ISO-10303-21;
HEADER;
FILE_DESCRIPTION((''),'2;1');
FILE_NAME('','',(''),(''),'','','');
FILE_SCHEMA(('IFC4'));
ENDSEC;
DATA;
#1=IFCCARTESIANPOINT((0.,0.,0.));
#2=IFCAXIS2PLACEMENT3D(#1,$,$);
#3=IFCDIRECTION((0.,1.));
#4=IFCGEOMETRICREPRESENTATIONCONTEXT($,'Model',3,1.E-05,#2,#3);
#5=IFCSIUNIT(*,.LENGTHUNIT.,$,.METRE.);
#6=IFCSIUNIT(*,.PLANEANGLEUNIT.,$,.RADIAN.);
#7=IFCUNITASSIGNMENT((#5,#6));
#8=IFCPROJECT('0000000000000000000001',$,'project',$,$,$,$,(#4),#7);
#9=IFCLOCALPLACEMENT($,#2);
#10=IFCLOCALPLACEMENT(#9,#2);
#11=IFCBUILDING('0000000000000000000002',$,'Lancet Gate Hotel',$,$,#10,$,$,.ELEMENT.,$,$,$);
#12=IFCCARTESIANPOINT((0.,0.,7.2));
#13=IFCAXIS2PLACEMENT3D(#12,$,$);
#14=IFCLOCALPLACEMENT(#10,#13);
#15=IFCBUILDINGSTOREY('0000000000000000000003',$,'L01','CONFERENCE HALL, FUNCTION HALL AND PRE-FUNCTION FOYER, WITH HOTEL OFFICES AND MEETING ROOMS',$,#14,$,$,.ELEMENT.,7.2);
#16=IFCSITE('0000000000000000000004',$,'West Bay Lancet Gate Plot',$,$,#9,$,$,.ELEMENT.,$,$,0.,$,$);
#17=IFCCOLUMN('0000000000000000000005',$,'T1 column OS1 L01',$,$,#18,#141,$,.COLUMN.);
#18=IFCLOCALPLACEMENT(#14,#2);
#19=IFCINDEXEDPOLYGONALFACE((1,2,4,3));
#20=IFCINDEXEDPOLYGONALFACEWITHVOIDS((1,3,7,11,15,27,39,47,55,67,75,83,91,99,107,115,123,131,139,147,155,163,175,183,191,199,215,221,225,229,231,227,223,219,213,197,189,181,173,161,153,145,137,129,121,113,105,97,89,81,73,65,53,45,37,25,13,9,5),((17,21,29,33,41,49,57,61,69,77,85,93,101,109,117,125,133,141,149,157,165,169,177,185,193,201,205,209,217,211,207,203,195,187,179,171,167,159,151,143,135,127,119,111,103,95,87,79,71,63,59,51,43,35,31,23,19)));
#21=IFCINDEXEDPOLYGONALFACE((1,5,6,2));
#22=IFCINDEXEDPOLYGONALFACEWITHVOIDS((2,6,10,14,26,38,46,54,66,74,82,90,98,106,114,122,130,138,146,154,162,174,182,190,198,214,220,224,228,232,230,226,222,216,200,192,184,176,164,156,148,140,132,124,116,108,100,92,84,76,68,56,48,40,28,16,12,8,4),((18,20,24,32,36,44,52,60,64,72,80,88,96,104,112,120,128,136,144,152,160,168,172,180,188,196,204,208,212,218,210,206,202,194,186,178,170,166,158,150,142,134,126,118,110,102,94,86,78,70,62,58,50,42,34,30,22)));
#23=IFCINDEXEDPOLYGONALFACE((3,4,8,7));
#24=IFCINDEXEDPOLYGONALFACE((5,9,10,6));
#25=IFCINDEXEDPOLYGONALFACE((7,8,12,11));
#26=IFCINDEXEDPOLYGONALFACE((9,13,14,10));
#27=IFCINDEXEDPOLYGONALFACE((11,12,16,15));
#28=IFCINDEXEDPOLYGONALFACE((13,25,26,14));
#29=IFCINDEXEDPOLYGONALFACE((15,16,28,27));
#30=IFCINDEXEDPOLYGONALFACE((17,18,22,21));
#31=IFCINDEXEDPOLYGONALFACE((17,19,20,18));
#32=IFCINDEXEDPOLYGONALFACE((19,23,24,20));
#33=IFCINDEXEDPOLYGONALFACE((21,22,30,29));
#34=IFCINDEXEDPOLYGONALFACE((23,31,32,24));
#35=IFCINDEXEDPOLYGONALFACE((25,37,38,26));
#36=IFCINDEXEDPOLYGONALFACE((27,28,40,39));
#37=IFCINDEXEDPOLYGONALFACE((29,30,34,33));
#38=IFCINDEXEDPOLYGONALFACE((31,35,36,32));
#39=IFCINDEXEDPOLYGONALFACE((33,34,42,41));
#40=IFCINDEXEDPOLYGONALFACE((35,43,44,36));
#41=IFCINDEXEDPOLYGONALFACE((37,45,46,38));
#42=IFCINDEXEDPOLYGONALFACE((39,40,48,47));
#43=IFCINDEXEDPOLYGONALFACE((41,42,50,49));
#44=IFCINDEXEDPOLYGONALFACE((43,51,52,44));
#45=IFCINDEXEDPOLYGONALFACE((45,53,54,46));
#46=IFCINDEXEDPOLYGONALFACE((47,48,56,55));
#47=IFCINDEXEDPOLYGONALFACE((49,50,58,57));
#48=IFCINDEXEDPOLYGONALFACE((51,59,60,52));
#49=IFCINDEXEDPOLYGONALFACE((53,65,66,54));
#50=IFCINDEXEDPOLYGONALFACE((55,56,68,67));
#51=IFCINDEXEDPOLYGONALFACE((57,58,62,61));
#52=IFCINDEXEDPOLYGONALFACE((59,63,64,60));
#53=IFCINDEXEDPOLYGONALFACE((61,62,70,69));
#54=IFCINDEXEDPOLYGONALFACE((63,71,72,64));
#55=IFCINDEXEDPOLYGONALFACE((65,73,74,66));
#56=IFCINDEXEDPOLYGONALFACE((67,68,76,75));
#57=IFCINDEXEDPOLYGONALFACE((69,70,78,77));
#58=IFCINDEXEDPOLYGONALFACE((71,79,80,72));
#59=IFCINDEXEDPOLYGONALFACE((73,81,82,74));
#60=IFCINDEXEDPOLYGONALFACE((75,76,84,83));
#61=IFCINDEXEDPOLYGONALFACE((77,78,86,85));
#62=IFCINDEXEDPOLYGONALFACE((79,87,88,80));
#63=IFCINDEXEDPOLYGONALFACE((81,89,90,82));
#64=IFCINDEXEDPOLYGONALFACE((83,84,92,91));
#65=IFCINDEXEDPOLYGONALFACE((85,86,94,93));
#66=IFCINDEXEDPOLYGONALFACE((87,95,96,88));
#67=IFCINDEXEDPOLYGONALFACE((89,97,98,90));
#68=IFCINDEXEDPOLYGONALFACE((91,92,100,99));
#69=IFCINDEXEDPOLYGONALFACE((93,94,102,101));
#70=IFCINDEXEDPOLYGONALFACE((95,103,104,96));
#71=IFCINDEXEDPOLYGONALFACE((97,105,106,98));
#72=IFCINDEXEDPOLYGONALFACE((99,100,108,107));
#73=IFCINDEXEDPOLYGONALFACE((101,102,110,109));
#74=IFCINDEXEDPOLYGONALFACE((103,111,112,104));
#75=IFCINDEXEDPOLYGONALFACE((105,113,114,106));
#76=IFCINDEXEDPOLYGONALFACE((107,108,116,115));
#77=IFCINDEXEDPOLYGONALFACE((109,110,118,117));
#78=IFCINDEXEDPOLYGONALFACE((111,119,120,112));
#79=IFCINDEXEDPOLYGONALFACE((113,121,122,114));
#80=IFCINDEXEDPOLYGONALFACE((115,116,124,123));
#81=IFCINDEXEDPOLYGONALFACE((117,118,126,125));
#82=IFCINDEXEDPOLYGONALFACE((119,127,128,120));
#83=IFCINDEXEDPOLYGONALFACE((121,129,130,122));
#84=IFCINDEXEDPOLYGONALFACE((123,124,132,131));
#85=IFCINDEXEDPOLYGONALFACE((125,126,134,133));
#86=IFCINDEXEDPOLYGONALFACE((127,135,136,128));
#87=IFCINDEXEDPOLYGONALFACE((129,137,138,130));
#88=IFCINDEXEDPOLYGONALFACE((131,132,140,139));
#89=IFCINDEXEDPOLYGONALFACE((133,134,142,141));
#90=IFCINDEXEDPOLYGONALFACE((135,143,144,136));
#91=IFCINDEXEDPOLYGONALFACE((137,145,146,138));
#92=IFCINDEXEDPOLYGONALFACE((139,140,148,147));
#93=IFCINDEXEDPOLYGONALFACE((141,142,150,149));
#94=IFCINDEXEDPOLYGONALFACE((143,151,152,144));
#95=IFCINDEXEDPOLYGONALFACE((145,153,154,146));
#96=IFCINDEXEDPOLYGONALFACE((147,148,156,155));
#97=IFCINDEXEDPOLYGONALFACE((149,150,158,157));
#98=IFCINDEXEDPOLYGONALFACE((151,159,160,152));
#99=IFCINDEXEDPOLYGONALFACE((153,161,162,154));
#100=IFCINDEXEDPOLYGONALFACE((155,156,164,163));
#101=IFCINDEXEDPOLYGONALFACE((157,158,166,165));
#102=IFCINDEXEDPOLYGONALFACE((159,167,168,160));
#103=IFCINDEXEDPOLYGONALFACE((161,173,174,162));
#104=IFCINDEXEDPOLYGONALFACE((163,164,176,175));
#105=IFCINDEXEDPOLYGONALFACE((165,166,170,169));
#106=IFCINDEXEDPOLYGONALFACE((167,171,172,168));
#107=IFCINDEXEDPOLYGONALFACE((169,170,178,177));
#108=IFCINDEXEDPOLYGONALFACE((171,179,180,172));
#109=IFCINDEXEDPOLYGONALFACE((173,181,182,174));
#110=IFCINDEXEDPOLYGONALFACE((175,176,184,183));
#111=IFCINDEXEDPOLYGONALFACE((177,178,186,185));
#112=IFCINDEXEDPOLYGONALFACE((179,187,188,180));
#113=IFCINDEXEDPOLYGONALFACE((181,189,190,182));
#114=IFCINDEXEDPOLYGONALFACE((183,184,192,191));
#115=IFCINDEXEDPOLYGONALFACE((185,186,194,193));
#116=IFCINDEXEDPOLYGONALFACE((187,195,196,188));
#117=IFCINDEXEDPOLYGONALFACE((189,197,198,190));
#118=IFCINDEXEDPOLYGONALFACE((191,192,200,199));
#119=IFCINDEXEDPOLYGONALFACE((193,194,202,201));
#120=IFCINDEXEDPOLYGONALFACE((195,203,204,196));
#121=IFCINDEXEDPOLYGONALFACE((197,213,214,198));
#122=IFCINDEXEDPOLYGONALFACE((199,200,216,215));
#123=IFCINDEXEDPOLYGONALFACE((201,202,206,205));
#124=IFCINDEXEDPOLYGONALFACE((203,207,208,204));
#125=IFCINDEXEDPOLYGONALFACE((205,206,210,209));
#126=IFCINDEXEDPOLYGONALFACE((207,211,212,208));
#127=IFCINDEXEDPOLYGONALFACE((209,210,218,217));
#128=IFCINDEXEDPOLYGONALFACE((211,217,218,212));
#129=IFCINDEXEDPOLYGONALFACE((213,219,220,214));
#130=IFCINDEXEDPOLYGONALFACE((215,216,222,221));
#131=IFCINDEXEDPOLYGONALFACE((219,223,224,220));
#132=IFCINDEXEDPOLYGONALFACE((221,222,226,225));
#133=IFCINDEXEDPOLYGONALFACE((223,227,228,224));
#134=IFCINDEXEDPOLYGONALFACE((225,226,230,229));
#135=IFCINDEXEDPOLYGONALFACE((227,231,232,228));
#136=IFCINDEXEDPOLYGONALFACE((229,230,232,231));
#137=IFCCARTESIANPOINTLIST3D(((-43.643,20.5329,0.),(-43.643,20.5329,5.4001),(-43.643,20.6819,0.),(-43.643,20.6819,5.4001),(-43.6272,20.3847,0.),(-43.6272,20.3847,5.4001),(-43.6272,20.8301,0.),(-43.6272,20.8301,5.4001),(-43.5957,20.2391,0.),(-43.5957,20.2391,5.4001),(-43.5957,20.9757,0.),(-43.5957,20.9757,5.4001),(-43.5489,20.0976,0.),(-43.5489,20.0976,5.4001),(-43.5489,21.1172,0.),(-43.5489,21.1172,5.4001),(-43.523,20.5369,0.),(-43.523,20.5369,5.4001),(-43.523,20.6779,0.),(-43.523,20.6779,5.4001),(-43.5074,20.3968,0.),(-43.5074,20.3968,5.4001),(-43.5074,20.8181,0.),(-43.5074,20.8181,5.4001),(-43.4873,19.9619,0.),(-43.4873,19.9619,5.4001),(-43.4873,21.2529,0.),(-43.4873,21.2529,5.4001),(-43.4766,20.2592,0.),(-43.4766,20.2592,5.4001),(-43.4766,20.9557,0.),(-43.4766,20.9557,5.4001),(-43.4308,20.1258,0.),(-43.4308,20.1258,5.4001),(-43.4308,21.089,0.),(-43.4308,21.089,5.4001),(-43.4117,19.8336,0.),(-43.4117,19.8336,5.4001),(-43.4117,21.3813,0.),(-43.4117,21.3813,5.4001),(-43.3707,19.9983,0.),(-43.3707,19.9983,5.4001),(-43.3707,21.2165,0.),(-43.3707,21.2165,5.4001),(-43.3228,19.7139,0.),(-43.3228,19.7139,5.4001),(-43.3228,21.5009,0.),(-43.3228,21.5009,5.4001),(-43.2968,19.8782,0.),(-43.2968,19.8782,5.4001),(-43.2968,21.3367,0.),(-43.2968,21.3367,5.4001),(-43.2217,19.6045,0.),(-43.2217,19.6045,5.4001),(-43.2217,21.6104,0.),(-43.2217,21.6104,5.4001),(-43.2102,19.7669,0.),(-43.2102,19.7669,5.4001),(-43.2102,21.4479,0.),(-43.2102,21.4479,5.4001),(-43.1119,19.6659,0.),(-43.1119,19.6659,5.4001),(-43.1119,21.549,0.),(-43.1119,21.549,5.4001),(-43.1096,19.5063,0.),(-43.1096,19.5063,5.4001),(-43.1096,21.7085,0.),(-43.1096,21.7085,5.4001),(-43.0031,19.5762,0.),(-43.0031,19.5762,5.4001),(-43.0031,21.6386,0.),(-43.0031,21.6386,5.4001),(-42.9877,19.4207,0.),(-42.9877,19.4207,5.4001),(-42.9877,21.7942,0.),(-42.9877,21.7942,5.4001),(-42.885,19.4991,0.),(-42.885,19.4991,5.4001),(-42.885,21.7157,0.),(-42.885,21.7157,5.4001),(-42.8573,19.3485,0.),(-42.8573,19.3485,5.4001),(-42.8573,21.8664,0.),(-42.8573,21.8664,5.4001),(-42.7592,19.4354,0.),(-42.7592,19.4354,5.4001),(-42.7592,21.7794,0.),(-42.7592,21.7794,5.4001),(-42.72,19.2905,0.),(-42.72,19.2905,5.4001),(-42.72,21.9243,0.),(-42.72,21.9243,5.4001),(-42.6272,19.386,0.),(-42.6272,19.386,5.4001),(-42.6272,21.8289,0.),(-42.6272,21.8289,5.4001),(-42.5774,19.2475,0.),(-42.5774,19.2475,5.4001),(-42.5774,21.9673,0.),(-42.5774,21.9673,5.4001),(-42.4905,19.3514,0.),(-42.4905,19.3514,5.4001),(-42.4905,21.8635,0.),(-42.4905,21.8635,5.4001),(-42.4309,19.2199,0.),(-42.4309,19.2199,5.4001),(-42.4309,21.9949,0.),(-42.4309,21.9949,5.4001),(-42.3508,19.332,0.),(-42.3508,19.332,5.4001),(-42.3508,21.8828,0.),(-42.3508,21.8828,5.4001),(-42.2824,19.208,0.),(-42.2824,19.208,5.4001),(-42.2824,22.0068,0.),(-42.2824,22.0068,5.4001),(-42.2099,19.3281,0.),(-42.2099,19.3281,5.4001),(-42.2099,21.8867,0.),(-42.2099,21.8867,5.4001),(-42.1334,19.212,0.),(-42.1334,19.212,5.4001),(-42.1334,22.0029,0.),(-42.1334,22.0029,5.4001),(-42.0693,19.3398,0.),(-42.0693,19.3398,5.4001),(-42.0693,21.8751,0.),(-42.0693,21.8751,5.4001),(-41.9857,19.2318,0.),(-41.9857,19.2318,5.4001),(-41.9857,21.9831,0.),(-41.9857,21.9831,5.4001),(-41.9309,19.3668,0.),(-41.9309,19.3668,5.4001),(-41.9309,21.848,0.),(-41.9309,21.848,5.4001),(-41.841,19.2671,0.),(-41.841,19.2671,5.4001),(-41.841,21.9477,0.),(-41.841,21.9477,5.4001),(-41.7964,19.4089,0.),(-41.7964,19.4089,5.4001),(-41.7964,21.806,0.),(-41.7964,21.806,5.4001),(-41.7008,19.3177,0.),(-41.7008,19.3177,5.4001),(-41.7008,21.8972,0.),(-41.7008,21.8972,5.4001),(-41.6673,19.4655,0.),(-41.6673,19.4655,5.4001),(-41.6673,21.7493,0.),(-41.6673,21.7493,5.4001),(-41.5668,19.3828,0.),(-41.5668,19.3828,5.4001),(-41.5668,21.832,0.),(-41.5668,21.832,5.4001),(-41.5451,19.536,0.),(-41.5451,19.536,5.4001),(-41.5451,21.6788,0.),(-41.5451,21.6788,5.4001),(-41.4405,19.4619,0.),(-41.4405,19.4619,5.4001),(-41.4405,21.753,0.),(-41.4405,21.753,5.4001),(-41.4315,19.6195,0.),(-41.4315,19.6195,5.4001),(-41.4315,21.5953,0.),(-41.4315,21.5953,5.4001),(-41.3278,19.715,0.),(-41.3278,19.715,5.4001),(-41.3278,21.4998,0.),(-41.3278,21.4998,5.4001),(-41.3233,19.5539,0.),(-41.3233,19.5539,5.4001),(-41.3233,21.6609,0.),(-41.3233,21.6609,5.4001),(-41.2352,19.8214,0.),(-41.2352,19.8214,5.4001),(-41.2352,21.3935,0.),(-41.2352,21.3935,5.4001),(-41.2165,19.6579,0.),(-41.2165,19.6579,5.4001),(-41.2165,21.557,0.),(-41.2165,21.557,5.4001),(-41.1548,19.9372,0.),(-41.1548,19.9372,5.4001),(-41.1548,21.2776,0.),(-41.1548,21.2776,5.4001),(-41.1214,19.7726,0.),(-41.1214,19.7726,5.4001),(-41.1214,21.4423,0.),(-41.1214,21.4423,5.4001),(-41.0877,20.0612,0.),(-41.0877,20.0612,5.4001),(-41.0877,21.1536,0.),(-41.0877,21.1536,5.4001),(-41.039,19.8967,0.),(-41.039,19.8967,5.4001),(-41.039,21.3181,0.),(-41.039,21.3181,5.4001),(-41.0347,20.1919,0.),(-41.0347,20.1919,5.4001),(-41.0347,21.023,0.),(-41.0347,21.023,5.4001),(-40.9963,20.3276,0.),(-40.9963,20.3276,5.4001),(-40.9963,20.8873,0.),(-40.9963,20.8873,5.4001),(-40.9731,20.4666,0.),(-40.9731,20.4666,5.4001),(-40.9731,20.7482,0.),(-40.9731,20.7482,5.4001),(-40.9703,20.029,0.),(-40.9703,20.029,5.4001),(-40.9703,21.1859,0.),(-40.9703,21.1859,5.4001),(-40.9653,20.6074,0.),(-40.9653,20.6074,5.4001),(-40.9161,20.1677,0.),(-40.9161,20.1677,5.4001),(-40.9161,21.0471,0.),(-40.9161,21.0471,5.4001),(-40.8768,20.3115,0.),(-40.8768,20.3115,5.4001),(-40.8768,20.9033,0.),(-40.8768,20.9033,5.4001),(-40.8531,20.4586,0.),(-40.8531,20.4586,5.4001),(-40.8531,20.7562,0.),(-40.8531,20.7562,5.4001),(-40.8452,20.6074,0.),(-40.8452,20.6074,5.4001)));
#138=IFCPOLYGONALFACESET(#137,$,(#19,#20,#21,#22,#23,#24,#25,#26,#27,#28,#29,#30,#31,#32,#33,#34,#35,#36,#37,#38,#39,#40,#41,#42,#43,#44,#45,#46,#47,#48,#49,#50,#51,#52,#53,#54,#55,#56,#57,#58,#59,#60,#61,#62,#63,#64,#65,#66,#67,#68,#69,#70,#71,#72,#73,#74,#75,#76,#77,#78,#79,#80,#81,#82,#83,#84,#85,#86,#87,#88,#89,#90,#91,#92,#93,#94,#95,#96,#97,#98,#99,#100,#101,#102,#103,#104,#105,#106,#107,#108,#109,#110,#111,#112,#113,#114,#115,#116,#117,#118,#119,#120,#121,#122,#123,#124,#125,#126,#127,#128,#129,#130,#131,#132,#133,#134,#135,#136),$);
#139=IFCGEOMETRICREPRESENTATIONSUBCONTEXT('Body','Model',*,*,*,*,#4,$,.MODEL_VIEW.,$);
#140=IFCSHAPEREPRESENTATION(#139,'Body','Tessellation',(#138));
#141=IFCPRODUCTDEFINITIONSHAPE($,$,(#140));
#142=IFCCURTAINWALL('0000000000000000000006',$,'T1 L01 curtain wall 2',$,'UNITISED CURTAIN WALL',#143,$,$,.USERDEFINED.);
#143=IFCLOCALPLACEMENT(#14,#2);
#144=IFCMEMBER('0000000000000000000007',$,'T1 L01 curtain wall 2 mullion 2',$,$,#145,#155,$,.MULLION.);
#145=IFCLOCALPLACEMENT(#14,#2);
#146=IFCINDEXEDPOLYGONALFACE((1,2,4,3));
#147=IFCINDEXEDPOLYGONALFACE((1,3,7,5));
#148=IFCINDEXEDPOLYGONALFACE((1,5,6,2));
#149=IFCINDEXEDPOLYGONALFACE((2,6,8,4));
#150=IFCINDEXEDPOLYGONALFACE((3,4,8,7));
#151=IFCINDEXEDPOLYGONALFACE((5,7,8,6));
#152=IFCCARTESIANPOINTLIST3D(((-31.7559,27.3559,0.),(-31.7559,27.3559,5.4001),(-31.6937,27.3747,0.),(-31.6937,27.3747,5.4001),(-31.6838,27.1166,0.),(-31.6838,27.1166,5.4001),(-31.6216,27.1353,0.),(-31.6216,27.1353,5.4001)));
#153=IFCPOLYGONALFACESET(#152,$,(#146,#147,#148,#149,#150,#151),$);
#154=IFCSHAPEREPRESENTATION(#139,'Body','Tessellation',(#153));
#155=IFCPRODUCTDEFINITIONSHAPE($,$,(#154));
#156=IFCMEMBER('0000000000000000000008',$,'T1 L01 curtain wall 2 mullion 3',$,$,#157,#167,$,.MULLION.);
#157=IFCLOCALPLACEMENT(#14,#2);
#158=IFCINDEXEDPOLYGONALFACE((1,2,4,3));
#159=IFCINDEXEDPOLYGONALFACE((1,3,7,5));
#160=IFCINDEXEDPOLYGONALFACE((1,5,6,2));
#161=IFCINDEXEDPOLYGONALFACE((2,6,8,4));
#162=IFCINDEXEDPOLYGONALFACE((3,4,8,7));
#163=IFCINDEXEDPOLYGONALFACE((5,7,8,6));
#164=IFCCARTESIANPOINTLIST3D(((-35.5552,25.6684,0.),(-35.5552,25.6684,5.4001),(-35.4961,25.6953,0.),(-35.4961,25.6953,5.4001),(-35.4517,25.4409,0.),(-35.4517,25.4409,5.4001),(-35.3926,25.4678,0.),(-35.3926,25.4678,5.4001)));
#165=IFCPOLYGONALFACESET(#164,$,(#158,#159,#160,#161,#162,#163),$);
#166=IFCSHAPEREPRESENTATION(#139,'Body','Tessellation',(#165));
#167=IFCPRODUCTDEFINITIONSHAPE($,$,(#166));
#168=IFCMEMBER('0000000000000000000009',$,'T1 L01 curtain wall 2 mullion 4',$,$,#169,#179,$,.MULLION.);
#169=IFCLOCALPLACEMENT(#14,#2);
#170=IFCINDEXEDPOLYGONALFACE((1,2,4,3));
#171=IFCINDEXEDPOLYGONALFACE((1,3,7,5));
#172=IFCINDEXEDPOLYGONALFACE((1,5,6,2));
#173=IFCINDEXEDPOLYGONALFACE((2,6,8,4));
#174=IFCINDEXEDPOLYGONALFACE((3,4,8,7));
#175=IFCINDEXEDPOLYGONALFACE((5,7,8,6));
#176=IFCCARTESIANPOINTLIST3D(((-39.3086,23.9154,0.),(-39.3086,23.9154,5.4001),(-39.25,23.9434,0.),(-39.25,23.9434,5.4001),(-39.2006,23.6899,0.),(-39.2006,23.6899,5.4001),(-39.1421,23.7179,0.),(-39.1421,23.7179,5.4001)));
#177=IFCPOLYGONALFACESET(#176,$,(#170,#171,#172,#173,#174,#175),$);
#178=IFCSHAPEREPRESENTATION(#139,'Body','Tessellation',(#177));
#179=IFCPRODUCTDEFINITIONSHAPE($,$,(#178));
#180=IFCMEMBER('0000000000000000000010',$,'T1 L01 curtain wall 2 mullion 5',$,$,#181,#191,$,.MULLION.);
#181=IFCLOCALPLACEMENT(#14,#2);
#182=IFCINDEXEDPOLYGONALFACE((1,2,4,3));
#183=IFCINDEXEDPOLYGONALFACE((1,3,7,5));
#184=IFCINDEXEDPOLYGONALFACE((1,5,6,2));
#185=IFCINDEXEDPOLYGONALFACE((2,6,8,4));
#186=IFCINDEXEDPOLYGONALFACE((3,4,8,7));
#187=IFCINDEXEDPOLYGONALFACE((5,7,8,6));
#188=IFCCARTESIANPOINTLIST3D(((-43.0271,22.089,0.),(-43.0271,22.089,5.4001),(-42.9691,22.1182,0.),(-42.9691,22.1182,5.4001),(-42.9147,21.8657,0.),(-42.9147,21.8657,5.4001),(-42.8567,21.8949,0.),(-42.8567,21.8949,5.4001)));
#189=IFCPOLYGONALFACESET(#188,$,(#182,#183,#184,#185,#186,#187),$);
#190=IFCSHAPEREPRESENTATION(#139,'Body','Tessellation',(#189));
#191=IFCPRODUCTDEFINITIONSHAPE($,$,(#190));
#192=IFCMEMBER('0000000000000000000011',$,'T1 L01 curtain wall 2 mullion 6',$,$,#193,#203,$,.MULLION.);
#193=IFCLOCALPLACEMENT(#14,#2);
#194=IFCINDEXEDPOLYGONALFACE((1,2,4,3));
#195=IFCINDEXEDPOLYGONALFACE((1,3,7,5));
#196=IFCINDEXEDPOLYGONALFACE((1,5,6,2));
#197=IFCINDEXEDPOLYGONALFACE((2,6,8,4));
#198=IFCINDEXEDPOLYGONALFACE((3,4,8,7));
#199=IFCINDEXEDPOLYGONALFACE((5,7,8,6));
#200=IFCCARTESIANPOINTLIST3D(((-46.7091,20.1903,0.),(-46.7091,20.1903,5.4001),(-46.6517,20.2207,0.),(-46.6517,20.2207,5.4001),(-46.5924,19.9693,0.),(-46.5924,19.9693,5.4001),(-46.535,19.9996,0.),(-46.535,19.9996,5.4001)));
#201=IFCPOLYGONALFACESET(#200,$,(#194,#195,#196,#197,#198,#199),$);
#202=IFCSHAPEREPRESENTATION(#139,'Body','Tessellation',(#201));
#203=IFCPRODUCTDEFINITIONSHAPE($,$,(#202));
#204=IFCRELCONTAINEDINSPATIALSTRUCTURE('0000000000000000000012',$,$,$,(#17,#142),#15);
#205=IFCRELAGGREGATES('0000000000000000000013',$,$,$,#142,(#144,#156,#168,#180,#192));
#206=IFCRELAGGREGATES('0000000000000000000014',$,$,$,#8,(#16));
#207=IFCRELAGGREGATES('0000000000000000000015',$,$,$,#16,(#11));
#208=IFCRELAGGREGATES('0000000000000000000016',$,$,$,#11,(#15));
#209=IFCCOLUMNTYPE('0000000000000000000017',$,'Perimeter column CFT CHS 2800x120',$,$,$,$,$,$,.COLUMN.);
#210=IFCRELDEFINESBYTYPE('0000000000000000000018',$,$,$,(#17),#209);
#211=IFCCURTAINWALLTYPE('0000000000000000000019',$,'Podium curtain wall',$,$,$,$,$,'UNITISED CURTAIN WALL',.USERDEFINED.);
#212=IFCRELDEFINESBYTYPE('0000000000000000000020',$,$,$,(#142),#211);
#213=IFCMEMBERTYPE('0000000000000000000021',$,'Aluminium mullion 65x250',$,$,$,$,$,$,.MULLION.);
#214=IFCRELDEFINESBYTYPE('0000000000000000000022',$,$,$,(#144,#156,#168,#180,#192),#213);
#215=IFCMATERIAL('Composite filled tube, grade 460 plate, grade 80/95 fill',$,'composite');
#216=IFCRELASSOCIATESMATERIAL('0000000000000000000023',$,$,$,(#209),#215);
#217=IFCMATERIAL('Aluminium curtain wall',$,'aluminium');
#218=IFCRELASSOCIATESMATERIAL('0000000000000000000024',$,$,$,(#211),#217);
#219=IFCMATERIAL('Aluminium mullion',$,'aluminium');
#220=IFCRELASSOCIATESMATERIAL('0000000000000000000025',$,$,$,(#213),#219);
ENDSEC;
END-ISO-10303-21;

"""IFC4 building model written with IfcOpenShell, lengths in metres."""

from ifc_helpers import new_model, si_unit, direction, frame, origin, origin_2d, place, context, subcontext, project, spatial, rectangle, hollow_circle, extrude, material, material_profile, profile_set, type_object, element, aggregate, save


model = new_model("IFC4")

# Units and contexts
model_context = context("Model", 3, precision=1e-05, world=origin(), true_north=direction((0.0, 1.0)))
body_context = subcontext(model_context, "Body", "Model", "MODEL_VIEW")
ifc_project = project(units=[si_unit("LENGTHUNIT", "METRE"), si_unit("PLANEANGLEUNIT", "RADIAN")], contexts=[model_context])

# Site, building, storey
site_placement = place(None, origin())
site = spatial("IfcSite", under=ifc_project, at=site_placement, Name="West Bay Lancet Gate Plot", CompositionType="ELEMENT", RefElevation=0.0)
building_placement = place(site_placement, origin())
building = spatial("IfcBuilding", under=site, at=building_placement, Name="Lancet Gate Hotel", CompositionType="ELEMENT")
storey_placement = place(building_placement, frame((0.0, 0.0, 7.2)))
storey = spatial("IfcBuildingStorey", under=building, at=storey_placement, Name="L01", Description="CONFERENCE HALL, FUNCTION HALL AND PRE-FUNCTION FOYER, WITH HOTEL OFFICES AND MEETING ROOMS", CompositionType="ELEMENT", Elevation=7.2)

# Column
ifc_material_1 = material(Name="Composite filled tube, grade 460 plate, grade 80/95 fill", Category="composite")
ifc_material_profile_1 = material_profile(ifc_material_1, hollow_circle(Radius=1.3999, WallThickness=0.1201, at=origin_2d()), Name="CHS 2800x120")
ifc_profile_set_1 = profile_set([ifc_material_profile_1], Name="Composite filled tube, grade 460 plate, grade 80/95 fill")
column_type = type_object("IfcColumnType", Name="Perimeter column CFT CHS 2800x120", PredefinedType="COLUMN", material=ifc_profile_set_1)
column_placement = place(storey_placement, frame((-42.2451, 20.6074, 0.0), z_axis=(0.0, 0.0, 1.0), x_axis=(1.0, 0.0, 0.0)))
element("IfcColumn", 1, at=column_placement, inside=storey, type_object=column_type, Name="T1 column OS1 L01", PredefinedType="COLUMN", context=body_context, shape_type="SweptSolid", body=[
    extrude(hollow_circle(Radius=1.3999, WallThickness=0.1201, at=origin_2d()), origin(), (0.0, 0.0, 1.0), 5.4001),
])

# Curtain wall, members
ifc_material_2 = material(Name="Aluminium curtain wall", Category="aluminium")
curtain_wall_type = type_object("IfcCurtainWallType", Name="Podium curtain wall", ElementType="UNITISED CURTAIN WALL", PredefinedType="USERDEFINED", material=ifc_material_2)
curtain_wall_placement = place(storey_placement, origin())
curtain_wall = element("IfcCurtainWall", 2, at=curtain_wall_placement, inside=storey, type_object=curtain_wall_type, Name="T1 L01 curtain wall 2", ObjectType="UNITISED CURTAIN WALL", PredefinedType="USERDEFINED")
ifc_material_3 = material(Name="Aluminium mullion", Category="aluminium")
ifc_material_profile_2 = material_profile(ifc_material_3, rectangle(XDim=0.0649, YDim=0.25, at=origin_2d()), Name="MULLION 65x250")
ifc_profile_set_2 = profile_set([ifc_material_profile_2], Name="Aluminium mullion")
member_type_1 = type_object("IfcMemberType", Name="Aluminium mullion 65x250", PredefinedType="MULLION", material=ifc_profile_set_2)
member_1_placement = place(storey_placement, frame((-31.6887, 27.2456, 0.0), z_axis=(0.0, 0.0, 1.0), x_axis=(-0.957524, -0.288352, 0.0)))
member_1 = element("IfcMember", 3, at=member_1_placement, type_object=member_type_1, Name="T1 L01 curtain wall 2 mullion 2", PredefinedType="MULLION", context=body_context, shape_type="SweptSolid", body=[
    extrude(rectangle(XDim=0.0649, YDim=0.25, at=origin_2d()), origin(), (0.0, 0.0, 1.0), 5.4001),
])
member_2_placement = place(storey_placement, frame((-35.4739, 25.5681, 0.0), z_axis=(0.0, 0.0, 1.0), x_axis=(-0.91022, -0.414126, 0.0)))
member_2 = element("IfcMember", 4, at=member_2_placement, type_object=member_type_1, Name="T1 L01 curtain wall 2 mullion 3", PredefinedType="MULLION", context=body_context, shape_type="SweptSolid", body=[
    extrude(rectangle(XDim=0.0649, YDim=0.25, at=origin_2d()), origin(), (0.0, 0.0, 1.0), 5.4001),
])
member_3_placement = place(storey_placement, frame((-39.2253, 23.8167, 0.0), z_axis=(0.0, 0.0, 1.0), x_axis=(-0.901929, -0.431885, 0.0)))
member_3 = element("IfcMember", 5, at=member_3_placement, type_object=member_type_1, Name="T1 L01 curtain wall 2 mullion 4", PredefinedType="MULLION", context=body_context, shape_type="SweptSolid", body=[
    extrude(rectangle(XDim=0.0649, YDim=0.25, at=origin_2d()), origin(), (0.0, 0.0, 1.0), 5.4001),
])
member_4_placement = place(storey_placement, frame((-42.9419, 21.9919, 0.0), z_axis=(0.0, 0.0, 1.0), x_axis=(-0.893292, -0.449478, 0.0)))
member_4 = element("IfcMember", 6, at=member_4_placement, type_object=member_type_1, Name="T1 L01 curtain wall 2 mullion 5", PredefinedType="MULLION", context=body_context, shape_type="SweptSolid", body=[
    extrude(rectangle(XDim=0.0649, YDim=0.25, at=origin_2d()), origin(), (0.0, 0.0, 1.0), 5.4001),
])
member_5_placement = place(storey_placement, frame((-46.6221, 20.095, 0.0), z_axis=(0.0, 0.0, 1.0), x_axis=(-0.884311, -0.466898, 0.0)))
member_5 = element("IfcMember", 7, at=member_5_placement, type_object=member_type_1, Name="T1 L01 curtain wall 2 mullion 6", PredefinedType="MULLION", context=body_context, shape_type="SweptSolid", body=[
    extrude(rectangle(XDim=0.0649, YDim=0.25, at=origin_2d()), origin(), (0.0, 0.0, 1.0), 5.4001),
])

aggregate(curtain_wall, [member_1, member_2, member_3, member_4, member_5])

save(model, "model.ifc")
